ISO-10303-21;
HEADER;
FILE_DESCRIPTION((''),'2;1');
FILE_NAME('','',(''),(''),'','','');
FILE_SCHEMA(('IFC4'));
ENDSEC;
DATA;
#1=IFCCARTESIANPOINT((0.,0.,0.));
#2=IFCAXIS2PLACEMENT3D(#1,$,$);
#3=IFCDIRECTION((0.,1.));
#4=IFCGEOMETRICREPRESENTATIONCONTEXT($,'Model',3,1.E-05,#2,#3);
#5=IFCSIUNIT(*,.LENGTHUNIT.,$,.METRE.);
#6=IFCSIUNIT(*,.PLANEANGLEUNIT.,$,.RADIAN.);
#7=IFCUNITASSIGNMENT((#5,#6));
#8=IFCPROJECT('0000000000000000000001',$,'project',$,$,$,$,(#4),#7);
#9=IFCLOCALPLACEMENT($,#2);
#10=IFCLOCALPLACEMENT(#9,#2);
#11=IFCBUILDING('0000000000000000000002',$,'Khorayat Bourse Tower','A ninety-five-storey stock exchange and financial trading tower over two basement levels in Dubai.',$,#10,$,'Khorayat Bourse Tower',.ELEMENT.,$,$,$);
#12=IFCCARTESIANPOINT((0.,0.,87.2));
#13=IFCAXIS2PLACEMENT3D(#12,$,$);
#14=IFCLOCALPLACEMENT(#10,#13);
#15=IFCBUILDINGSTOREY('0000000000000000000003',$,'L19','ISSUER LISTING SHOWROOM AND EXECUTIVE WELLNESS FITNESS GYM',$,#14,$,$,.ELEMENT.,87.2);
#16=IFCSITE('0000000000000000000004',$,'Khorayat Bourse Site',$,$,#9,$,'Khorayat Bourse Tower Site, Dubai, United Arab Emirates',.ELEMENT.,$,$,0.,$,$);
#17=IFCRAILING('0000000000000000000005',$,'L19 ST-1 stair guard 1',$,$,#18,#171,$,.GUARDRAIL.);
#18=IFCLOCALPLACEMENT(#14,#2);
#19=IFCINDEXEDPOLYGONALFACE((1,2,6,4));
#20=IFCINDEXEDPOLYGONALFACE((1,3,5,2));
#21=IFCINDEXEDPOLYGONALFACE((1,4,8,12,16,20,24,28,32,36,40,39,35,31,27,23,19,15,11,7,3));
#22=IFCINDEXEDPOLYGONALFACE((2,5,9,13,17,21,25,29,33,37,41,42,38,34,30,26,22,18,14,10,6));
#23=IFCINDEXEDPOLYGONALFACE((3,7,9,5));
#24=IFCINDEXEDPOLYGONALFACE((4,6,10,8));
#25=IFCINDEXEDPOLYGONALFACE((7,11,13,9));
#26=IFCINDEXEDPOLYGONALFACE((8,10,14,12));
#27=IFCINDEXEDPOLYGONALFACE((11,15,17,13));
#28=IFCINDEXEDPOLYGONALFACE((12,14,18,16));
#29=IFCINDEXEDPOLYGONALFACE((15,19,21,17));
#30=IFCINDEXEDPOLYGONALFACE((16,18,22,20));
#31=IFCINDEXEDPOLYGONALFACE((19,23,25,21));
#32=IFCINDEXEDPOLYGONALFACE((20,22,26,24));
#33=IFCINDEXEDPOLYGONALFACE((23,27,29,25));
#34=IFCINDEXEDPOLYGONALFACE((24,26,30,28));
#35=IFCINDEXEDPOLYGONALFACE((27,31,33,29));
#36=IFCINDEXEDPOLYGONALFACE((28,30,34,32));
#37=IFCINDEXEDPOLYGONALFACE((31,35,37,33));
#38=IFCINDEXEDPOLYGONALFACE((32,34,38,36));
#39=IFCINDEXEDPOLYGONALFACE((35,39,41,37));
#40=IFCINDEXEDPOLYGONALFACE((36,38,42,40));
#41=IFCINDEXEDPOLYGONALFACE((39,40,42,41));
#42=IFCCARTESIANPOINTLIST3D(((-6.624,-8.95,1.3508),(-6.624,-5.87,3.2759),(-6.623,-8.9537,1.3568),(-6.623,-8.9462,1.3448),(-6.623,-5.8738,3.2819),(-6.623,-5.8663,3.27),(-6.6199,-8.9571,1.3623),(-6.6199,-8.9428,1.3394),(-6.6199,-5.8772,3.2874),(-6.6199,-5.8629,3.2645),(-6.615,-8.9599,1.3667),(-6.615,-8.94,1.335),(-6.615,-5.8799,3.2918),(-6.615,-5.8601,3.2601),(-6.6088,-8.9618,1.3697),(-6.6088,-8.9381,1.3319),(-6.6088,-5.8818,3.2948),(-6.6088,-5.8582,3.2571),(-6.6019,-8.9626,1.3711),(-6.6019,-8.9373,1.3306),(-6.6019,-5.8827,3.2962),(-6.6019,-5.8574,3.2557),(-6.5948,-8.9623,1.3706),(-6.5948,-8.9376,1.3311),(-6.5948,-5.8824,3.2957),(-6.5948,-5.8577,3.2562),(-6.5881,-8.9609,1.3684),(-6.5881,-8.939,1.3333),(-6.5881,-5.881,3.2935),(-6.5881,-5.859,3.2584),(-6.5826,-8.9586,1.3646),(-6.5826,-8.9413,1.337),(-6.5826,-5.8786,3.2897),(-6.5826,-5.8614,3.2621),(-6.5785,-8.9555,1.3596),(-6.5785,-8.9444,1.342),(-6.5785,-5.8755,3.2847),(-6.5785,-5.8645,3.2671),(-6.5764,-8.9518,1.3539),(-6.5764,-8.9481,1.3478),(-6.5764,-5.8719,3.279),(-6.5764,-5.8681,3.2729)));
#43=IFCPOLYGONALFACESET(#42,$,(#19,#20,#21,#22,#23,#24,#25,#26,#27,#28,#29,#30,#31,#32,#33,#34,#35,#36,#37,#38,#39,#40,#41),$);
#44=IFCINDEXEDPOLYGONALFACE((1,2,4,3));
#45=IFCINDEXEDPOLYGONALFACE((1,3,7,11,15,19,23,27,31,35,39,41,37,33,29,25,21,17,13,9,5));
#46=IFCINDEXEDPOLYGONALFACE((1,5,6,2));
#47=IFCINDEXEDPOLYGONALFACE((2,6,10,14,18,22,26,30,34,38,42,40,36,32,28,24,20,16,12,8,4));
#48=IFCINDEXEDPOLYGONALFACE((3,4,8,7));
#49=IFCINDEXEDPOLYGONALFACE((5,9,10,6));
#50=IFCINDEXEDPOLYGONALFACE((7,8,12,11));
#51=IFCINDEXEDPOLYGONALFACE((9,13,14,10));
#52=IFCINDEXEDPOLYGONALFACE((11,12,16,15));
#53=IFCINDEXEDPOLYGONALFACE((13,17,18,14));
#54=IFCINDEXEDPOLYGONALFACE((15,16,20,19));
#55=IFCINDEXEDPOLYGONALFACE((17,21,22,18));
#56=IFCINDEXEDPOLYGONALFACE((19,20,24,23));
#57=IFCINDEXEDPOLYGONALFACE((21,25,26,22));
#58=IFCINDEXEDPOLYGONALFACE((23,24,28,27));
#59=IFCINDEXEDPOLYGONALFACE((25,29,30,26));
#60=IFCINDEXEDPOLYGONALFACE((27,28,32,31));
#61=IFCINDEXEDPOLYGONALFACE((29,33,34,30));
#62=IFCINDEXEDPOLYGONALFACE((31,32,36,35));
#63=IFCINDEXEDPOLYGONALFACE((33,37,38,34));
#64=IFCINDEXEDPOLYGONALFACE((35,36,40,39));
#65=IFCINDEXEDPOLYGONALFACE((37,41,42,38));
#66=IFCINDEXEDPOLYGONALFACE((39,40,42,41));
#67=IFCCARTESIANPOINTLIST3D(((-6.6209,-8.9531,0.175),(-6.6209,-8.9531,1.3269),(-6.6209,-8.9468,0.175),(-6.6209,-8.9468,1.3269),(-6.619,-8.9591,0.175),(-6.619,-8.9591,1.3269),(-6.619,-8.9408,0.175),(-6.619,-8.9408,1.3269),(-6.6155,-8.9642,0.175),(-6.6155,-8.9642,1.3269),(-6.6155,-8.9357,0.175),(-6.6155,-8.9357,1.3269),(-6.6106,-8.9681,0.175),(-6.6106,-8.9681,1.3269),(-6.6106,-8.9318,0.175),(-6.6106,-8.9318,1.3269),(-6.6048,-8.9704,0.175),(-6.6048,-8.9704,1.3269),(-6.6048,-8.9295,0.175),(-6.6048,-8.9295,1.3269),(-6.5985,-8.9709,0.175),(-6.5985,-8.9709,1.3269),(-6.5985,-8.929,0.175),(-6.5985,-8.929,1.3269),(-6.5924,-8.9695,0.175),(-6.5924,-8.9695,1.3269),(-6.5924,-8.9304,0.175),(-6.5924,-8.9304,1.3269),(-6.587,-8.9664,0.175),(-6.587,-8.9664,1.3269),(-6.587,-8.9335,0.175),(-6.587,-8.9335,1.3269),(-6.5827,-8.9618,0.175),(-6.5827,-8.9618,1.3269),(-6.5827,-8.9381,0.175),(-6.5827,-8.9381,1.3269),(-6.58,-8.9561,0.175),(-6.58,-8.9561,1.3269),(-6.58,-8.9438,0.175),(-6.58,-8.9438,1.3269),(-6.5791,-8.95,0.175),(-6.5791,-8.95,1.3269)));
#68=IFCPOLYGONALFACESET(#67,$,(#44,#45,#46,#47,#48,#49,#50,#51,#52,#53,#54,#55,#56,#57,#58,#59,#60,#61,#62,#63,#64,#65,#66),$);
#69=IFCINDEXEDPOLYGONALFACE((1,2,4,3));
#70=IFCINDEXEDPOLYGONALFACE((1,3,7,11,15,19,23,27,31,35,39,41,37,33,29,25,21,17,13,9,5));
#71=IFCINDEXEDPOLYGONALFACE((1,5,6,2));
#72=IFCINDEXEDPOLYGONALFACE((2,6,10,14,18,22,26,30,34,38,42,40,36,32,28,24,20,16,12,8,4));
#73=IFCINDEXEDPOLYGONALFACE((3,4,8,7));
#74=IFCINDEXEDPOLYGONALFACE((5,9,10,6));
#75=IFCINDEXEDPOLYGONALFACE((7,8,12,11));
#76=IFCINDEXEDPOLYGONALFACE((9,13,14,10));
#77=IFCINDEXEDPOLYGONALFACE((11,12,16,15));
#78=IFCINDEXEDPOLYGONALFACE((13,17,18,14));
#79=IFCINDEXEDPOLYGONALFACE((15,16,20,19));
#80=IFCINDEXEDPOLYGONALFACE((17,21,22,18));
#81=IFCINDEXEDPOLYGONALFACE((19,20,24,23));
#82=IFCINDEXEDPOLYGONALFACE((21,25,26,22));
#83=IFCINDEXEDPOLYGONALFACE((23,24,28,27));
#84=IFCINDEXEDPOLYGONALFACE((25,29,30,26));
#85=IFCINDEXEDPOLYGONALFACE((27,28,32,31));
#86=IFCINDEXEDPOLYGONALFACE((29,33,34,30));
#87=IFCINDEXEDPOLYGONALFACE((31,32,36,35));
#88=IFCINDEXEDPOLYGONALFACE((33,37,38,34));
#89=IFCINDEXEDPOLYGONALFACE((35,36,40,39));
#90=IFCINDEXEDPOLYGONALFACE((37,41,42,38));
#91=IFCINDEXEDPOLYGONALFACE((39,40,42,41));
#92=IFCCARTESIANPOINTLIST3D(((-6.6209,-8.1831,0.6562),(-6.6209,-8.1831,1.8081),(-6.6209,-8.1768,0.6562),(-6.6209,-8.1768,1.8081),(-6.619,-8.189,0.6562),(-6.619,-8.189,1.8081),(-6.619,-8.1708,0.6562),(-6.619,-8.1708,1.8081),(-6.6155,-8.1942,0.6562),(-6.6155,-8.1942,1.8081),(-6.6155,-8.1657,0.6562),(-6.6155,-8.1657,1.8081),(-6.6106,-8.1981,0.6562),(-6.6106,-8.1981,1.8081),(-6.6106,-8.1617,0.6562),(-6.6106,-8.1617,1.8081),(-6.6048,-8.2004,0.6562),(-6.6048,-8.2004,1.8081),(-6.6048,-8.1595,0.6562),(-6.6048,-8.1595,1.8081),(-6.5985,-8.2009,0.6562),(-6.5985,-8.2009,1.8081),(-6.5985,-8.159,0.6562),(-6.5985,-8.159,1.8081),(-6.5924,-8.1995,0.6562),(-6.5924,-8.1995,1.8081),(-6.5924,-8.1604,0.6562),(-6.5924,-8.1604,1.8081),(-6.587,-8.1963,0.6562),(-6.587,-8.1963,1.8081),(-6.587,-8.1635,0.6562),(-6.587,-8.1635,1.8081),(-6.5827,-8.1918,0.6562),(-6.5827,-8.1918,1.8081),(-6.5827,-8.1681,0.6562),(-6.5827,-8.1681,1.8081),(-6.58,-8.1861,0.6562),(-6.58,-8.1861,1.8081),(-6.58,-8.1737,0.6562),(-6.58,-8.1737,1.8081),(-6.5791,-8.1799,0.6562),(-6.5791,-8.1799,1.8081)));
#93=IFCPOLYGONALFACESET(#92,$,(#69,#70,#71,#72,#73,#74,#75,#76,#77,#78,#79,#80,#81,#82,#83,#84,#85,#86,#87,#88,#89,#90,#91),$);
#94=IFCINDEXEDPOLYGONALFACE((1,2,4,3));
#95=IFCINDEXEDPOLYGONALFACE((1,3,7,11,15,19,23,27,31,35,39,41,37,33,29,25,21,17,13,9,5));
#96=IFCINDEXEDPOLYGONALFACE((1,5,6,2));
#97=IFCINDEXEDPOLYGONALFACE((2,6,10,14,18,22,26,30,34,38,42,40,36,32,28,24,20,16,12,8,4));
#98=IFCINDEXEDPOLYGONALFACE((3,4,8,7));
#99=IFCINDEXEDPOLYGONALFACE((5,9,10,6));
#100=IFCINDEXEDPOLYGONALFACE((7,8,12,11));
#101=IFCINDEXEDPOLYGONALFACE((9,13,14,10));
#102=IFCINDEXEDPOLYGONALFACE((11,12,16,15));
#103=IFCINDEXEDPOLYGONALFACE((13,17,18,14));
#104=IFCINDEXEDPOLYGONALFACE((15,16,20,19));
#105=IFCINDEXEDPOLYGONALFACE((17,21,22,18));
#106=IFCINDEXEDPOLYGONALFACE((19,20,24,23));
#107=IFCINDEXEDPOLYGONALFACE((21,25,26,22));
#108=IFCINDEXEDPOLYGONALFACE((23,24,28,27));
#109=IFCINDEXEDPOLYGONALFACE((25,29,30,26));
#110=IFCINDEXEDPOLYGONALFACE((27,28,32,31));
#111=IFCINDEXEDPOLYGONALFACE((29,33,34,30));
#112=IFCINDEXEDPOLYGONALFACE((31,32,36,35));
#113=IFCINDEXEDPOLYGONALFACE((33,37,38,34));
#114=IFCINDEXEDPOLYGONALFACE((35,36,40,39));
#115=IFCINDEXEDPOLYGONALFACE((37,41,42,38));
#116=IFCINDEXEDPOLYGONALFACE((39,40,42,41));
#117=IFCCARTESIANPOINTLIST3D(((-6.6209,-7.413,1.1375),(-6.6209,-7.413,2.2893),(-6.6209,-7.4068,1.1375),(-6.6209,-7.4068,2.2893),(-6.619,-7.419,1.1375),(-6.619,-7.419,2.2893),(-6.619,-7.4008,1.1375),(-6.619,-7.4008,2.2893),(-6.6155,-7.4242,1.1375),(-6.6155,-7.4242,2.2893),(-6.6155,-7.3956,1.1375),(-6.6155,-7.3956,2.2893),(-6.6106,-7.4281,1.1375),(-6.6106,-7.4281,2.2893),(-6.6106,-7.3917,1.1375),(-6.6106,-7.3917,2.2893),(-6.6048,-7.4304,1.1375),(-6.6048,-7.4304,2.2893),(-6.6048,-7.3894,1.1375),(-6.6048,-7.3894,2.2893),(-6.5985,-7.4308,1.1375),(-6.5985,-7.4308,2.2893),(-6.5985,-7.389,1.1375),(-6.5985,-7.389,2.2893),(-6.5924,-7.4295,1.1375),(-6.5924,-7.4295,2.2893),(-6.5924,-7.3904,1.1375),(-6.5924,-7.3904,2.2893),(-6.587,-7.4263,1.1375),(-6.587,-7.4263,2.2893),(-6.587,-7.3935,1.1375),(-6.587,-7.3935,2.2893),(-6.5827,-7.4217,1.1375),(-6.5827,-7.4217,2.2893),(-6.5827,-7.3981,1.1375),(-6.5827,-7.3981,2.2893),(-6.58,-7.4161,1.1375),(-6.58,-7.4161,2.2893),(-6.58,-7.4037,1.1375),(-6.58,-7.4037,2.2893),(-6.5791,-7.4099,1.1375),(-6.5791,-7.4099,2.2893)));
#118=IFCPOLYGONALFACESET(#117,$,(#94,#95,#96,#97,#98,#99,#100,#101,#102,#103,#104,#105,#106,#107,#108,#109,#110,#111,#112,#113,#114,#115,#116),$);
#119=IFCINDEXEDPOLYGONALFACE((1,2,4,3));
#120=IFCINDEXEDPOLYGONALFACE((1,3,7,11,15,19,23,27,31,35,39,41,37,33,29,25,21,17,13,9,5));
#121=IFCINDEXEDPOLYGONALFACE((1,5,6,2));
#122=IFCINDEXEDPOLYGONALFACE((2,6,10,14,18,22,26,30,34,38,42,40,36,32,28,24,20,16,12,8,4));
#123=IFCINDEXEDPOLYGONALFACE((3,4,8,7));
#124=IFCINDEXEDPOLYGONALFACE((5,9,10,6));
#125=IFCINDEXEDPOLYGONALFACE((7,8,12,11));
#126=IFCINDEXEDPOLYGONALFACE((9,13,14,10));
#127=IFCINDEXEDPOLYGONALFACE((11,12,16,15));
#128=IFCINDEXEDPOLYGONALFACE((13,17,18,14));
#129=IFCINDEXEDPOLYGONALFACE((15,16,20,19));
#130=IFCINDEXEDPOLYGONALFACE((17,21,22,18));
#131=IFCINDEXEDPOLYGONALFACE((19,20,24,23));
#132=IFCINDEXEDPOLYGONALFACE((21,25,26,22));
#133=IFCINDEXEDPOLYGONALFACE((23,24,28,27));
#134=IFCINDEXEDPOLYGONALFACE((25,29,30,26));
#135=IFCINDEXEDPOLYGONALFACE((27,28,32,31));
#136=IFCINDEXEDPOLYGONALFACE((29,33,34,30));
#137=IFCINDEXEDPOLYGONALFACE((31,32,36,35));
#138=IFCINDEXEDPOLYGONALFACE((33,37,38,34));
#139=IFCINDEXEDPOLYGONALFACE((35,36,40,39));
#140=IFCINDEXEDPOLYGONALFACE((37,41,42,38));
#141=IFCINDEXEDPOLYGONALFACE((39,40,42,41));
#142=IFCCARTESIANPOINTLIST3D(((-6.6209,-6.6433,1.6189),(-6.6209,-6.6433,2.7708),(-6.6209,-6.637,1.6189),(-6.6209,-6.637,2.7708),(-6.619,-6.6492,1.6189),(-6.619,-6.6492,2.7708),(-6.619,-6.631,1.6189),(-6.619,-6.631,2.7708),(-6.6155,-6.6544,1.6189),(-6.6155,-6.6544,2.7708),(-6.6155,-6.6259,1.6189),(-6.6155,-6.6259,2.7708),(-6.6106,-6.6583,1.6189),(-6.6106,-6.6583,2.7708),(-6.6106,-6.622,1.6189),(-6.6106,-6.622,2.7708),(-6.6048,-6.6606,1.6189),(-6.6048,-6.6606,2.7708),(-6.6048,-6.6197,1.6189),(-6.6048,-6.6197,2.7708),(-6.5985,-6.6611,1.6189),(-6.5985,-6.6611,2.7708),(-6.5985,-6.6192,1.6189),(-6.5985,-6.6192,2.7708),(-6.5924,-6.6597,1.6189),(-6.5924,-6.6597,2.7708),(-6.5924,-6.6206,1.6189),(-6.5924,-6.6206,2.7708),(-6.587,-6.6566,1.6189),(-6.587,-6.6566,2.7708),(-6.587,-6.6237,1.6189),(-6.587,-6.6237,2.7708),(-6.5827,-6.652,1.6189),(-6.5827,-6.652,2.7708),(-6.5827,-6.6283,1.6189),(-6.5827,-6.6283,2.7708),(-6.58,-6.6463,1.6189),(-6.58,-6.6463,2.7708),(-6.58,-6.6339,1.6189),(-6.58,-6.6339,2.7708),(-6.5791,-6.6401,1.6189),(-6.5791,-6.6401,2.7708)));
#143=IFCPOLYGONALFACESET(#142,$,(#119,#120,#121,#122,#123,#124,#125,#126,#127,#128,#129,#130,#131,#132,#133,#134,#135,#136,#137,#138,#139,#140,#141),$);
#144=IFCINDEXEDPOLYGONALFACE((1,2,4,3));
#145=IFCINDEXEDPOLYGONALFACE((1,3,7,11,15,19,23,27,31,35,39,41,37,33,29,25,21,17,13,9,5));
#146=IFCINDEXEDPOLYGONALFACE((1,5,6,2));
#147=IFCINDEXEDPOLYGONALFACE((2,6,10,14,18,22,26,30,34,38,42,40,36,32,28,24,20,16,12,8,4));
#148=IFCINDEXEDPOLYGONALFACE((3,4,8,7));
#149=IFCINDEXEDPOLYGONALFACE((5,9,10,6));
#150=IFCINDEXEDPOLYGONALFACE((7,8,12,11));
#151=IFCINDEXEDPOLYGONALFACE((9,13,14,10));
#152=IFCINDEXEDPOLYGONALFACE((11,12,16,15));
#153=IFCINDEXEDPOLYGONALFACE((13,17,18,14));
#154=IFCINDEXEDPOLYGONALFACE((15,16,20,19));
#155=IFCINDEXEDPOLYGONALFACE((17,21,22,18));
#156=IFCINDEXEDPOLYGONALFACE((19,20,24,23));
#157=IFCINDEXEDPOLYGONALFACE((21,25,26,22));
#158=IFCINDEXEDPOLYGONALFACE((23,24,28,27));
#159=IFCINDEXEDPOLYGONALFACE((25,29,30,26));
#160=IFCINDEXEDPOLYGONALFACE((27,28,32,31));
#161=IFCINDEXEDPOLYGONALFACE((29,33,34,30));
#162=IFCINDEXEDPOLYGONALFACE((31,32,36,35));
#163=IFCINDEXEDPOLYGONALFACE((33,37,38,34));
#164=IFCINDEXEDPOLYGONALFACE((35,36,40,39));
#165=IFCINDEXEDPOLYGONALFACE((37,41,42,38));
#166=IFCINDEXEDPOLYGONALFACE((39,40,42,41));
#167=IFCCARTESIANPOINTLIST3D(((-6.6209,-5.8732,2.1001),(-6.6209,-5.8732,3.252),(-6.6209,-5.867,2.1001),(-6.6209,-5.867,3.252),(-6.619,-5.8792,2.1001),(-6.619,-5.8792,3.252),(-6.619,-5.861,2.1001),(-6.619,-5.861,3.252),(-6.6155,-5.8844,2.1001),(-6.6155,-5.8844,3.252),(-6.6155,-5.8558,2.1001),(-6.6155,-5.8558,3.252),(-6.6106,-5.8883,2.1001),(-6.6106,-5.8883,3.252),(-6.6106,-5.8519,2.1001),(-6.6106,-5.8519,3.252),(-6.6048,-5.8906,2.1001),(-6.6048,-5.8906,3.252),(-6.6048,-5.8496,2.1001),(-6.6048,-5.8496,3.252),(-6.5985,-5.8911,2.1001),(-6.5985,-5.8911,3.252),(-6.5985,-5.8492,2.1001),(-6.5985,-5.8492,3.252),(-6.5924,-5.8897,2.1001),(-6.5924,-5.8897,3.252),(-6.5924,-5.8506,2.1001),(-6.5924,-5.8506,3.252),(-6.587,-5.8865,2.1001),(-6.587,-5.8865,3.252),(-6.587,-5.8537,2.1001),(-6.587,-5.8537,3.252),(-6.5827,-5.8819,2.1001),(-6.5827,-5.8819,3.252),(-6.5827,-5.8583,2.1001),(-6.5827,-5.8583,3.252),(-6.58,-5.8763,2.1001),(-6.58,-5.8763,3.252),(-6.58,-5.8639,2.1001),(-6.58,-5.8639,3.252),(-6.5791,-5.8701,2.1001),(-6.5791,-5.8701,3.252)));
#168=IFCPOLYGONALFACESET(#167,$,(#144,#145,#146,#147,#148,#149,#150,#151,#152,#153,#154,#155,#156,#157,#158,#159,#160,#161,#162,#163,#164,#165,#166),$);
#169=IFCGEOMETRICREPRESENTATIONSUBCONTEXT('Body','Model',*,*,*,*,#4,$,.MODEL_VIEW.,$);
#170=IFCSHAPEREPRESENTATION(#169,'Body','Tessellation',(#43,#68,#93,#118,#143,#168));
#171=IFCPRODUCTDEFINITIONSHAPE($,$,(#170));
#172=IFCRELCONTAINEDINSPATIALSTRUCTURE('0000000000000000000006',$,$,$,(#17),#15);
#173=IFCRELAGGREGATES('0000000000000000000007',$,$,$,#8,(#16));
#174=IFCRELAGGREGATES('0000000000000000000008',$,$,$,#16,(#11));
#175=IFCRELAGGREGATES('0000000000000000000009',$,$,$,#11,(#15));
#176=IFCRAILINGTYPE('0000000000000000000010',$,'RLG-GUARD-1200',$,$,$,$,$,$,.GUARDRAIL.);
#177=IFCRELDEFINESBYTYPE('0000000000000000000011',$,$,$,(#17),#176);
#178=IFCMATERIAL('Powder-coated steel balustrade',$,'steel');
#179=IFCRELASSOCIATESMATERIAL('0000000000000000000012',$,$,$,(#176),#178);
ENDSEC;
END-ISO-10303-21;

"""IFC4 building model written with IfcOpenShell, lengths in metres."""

from ifc_helpers import new_model, si_unit, direction, frame, origin, origin_2d, place, context, subcontext, project, spatial, circle, extrude, source, transform, mapped, material, type_object, element, save


model = new_model("IFC4")

# Units and contexts
model_context = context("Model", 3, precision=1e-05, world=origin(), true_north=direction((0.0, 1.0)))
body_context = subcontext(model_context, "Body", "Model", "MODEL_VIEW")
ifc_project = project(units=[si_unit("LENGTHUNIT", "METRE"), si_unit("PLANEANGLEUNIT", "RADIAN")], contexts=[model_context])

# Site, building, storey
site_placement = place(None, origin())
site = spatial("IfcSite", under=ifc_project, at=site_placement, Name="Khorayat Bourse Site", LongName="Khorayat Bourse Tower Site, Dubai, United Arab Emirates", CompositionType="ELEMENT", RefElevation=0.0)
building_placement = place(site_placement, origin())
building = spatial("IfcBuilding", under=site, at=building_placement, Name="Khorayat Bourse Tower", Description="A ninety-five-storey stock exchange and financial trading tower over two basement levels in Dubai.", LongName="Khorayat Bourse Tower", CompositionType="ELEMENT")
storey_placement = place(building_placement, frame((0.0, 0.0, 87.2)))
storey = spatial("IfcBuildingStorey", under=building, at=storey_placement, Name="L19", Description="ISSUER LISTING SHOWROOM AND EXECUTIVE WELLNESS FITNESS GYM", CompositionType="ELEMENT", Elevation=87.2)

# Railing
ifc_material_1 = material(Name="Powder-coated steel balustrade", Category="steel")
railing_type_1 = type_object("IfcRailingType", Name="RLG-GUARD-1200", PredefinedType="GUARDRAIL", material=ifc_material_1)
shared_shape_1 = source(origin(), body_context, "Body", "SweptSolid", [
    extrude(circle(Radius=0.0239, at=origin_2d()), frame((0.0, 0.0, 1.1758), z_axis=(0.0, 0.847979, 0.530029), x_axis=(-1.0, 0.0, 0.0)), (0.0, 0.0, 1.0), 3.6321),
    extrude(circle(Radius=0.021, at=origin_2d()), origin(), (0.0, 0.0, 1.0), 1.1519),
    extrude(circle(Radius=0.021, at=origin_2d()), frame((0.0, 0.77, 0.4812)), (0.0, 0.0, 1.0), 1.1519),
    extrude(circle(Radius=0.021, at=origin_2d()), frame((0.0, 1.54, 0.9624)), (0.0, 0.0, 1.0), 1.1519),
    extrude(circle(Radius=0.021, at=origin_2d()), frame((0.0, 2.3098, 1.4438)), (0.0, 0.0, 1.0), 1.1519),
    extrude(circle(Radius=0.021, at=origin_2d()), frame((0.0, 3.0798, 1.925)), (0.0, 0.0, 1.0), 1.1519),
])
railing_1_placement = place(storey_placement, frame((-6.6001, -8.95, 0.175)))
element("IfcRailing", 1, at=railing_1_placement, inside=storey, type_object=railing_type_1, Name="L19 ST-1 stair guard 1", PredefinedType="GUARDRAIL", context=body_context, shape_type="MappedRepresentation", body=[
    mapped(shared_shape_1, transform((0.0, 0.0, 0.0), scale=1.0)),
])

save(model, "model.ifc")
